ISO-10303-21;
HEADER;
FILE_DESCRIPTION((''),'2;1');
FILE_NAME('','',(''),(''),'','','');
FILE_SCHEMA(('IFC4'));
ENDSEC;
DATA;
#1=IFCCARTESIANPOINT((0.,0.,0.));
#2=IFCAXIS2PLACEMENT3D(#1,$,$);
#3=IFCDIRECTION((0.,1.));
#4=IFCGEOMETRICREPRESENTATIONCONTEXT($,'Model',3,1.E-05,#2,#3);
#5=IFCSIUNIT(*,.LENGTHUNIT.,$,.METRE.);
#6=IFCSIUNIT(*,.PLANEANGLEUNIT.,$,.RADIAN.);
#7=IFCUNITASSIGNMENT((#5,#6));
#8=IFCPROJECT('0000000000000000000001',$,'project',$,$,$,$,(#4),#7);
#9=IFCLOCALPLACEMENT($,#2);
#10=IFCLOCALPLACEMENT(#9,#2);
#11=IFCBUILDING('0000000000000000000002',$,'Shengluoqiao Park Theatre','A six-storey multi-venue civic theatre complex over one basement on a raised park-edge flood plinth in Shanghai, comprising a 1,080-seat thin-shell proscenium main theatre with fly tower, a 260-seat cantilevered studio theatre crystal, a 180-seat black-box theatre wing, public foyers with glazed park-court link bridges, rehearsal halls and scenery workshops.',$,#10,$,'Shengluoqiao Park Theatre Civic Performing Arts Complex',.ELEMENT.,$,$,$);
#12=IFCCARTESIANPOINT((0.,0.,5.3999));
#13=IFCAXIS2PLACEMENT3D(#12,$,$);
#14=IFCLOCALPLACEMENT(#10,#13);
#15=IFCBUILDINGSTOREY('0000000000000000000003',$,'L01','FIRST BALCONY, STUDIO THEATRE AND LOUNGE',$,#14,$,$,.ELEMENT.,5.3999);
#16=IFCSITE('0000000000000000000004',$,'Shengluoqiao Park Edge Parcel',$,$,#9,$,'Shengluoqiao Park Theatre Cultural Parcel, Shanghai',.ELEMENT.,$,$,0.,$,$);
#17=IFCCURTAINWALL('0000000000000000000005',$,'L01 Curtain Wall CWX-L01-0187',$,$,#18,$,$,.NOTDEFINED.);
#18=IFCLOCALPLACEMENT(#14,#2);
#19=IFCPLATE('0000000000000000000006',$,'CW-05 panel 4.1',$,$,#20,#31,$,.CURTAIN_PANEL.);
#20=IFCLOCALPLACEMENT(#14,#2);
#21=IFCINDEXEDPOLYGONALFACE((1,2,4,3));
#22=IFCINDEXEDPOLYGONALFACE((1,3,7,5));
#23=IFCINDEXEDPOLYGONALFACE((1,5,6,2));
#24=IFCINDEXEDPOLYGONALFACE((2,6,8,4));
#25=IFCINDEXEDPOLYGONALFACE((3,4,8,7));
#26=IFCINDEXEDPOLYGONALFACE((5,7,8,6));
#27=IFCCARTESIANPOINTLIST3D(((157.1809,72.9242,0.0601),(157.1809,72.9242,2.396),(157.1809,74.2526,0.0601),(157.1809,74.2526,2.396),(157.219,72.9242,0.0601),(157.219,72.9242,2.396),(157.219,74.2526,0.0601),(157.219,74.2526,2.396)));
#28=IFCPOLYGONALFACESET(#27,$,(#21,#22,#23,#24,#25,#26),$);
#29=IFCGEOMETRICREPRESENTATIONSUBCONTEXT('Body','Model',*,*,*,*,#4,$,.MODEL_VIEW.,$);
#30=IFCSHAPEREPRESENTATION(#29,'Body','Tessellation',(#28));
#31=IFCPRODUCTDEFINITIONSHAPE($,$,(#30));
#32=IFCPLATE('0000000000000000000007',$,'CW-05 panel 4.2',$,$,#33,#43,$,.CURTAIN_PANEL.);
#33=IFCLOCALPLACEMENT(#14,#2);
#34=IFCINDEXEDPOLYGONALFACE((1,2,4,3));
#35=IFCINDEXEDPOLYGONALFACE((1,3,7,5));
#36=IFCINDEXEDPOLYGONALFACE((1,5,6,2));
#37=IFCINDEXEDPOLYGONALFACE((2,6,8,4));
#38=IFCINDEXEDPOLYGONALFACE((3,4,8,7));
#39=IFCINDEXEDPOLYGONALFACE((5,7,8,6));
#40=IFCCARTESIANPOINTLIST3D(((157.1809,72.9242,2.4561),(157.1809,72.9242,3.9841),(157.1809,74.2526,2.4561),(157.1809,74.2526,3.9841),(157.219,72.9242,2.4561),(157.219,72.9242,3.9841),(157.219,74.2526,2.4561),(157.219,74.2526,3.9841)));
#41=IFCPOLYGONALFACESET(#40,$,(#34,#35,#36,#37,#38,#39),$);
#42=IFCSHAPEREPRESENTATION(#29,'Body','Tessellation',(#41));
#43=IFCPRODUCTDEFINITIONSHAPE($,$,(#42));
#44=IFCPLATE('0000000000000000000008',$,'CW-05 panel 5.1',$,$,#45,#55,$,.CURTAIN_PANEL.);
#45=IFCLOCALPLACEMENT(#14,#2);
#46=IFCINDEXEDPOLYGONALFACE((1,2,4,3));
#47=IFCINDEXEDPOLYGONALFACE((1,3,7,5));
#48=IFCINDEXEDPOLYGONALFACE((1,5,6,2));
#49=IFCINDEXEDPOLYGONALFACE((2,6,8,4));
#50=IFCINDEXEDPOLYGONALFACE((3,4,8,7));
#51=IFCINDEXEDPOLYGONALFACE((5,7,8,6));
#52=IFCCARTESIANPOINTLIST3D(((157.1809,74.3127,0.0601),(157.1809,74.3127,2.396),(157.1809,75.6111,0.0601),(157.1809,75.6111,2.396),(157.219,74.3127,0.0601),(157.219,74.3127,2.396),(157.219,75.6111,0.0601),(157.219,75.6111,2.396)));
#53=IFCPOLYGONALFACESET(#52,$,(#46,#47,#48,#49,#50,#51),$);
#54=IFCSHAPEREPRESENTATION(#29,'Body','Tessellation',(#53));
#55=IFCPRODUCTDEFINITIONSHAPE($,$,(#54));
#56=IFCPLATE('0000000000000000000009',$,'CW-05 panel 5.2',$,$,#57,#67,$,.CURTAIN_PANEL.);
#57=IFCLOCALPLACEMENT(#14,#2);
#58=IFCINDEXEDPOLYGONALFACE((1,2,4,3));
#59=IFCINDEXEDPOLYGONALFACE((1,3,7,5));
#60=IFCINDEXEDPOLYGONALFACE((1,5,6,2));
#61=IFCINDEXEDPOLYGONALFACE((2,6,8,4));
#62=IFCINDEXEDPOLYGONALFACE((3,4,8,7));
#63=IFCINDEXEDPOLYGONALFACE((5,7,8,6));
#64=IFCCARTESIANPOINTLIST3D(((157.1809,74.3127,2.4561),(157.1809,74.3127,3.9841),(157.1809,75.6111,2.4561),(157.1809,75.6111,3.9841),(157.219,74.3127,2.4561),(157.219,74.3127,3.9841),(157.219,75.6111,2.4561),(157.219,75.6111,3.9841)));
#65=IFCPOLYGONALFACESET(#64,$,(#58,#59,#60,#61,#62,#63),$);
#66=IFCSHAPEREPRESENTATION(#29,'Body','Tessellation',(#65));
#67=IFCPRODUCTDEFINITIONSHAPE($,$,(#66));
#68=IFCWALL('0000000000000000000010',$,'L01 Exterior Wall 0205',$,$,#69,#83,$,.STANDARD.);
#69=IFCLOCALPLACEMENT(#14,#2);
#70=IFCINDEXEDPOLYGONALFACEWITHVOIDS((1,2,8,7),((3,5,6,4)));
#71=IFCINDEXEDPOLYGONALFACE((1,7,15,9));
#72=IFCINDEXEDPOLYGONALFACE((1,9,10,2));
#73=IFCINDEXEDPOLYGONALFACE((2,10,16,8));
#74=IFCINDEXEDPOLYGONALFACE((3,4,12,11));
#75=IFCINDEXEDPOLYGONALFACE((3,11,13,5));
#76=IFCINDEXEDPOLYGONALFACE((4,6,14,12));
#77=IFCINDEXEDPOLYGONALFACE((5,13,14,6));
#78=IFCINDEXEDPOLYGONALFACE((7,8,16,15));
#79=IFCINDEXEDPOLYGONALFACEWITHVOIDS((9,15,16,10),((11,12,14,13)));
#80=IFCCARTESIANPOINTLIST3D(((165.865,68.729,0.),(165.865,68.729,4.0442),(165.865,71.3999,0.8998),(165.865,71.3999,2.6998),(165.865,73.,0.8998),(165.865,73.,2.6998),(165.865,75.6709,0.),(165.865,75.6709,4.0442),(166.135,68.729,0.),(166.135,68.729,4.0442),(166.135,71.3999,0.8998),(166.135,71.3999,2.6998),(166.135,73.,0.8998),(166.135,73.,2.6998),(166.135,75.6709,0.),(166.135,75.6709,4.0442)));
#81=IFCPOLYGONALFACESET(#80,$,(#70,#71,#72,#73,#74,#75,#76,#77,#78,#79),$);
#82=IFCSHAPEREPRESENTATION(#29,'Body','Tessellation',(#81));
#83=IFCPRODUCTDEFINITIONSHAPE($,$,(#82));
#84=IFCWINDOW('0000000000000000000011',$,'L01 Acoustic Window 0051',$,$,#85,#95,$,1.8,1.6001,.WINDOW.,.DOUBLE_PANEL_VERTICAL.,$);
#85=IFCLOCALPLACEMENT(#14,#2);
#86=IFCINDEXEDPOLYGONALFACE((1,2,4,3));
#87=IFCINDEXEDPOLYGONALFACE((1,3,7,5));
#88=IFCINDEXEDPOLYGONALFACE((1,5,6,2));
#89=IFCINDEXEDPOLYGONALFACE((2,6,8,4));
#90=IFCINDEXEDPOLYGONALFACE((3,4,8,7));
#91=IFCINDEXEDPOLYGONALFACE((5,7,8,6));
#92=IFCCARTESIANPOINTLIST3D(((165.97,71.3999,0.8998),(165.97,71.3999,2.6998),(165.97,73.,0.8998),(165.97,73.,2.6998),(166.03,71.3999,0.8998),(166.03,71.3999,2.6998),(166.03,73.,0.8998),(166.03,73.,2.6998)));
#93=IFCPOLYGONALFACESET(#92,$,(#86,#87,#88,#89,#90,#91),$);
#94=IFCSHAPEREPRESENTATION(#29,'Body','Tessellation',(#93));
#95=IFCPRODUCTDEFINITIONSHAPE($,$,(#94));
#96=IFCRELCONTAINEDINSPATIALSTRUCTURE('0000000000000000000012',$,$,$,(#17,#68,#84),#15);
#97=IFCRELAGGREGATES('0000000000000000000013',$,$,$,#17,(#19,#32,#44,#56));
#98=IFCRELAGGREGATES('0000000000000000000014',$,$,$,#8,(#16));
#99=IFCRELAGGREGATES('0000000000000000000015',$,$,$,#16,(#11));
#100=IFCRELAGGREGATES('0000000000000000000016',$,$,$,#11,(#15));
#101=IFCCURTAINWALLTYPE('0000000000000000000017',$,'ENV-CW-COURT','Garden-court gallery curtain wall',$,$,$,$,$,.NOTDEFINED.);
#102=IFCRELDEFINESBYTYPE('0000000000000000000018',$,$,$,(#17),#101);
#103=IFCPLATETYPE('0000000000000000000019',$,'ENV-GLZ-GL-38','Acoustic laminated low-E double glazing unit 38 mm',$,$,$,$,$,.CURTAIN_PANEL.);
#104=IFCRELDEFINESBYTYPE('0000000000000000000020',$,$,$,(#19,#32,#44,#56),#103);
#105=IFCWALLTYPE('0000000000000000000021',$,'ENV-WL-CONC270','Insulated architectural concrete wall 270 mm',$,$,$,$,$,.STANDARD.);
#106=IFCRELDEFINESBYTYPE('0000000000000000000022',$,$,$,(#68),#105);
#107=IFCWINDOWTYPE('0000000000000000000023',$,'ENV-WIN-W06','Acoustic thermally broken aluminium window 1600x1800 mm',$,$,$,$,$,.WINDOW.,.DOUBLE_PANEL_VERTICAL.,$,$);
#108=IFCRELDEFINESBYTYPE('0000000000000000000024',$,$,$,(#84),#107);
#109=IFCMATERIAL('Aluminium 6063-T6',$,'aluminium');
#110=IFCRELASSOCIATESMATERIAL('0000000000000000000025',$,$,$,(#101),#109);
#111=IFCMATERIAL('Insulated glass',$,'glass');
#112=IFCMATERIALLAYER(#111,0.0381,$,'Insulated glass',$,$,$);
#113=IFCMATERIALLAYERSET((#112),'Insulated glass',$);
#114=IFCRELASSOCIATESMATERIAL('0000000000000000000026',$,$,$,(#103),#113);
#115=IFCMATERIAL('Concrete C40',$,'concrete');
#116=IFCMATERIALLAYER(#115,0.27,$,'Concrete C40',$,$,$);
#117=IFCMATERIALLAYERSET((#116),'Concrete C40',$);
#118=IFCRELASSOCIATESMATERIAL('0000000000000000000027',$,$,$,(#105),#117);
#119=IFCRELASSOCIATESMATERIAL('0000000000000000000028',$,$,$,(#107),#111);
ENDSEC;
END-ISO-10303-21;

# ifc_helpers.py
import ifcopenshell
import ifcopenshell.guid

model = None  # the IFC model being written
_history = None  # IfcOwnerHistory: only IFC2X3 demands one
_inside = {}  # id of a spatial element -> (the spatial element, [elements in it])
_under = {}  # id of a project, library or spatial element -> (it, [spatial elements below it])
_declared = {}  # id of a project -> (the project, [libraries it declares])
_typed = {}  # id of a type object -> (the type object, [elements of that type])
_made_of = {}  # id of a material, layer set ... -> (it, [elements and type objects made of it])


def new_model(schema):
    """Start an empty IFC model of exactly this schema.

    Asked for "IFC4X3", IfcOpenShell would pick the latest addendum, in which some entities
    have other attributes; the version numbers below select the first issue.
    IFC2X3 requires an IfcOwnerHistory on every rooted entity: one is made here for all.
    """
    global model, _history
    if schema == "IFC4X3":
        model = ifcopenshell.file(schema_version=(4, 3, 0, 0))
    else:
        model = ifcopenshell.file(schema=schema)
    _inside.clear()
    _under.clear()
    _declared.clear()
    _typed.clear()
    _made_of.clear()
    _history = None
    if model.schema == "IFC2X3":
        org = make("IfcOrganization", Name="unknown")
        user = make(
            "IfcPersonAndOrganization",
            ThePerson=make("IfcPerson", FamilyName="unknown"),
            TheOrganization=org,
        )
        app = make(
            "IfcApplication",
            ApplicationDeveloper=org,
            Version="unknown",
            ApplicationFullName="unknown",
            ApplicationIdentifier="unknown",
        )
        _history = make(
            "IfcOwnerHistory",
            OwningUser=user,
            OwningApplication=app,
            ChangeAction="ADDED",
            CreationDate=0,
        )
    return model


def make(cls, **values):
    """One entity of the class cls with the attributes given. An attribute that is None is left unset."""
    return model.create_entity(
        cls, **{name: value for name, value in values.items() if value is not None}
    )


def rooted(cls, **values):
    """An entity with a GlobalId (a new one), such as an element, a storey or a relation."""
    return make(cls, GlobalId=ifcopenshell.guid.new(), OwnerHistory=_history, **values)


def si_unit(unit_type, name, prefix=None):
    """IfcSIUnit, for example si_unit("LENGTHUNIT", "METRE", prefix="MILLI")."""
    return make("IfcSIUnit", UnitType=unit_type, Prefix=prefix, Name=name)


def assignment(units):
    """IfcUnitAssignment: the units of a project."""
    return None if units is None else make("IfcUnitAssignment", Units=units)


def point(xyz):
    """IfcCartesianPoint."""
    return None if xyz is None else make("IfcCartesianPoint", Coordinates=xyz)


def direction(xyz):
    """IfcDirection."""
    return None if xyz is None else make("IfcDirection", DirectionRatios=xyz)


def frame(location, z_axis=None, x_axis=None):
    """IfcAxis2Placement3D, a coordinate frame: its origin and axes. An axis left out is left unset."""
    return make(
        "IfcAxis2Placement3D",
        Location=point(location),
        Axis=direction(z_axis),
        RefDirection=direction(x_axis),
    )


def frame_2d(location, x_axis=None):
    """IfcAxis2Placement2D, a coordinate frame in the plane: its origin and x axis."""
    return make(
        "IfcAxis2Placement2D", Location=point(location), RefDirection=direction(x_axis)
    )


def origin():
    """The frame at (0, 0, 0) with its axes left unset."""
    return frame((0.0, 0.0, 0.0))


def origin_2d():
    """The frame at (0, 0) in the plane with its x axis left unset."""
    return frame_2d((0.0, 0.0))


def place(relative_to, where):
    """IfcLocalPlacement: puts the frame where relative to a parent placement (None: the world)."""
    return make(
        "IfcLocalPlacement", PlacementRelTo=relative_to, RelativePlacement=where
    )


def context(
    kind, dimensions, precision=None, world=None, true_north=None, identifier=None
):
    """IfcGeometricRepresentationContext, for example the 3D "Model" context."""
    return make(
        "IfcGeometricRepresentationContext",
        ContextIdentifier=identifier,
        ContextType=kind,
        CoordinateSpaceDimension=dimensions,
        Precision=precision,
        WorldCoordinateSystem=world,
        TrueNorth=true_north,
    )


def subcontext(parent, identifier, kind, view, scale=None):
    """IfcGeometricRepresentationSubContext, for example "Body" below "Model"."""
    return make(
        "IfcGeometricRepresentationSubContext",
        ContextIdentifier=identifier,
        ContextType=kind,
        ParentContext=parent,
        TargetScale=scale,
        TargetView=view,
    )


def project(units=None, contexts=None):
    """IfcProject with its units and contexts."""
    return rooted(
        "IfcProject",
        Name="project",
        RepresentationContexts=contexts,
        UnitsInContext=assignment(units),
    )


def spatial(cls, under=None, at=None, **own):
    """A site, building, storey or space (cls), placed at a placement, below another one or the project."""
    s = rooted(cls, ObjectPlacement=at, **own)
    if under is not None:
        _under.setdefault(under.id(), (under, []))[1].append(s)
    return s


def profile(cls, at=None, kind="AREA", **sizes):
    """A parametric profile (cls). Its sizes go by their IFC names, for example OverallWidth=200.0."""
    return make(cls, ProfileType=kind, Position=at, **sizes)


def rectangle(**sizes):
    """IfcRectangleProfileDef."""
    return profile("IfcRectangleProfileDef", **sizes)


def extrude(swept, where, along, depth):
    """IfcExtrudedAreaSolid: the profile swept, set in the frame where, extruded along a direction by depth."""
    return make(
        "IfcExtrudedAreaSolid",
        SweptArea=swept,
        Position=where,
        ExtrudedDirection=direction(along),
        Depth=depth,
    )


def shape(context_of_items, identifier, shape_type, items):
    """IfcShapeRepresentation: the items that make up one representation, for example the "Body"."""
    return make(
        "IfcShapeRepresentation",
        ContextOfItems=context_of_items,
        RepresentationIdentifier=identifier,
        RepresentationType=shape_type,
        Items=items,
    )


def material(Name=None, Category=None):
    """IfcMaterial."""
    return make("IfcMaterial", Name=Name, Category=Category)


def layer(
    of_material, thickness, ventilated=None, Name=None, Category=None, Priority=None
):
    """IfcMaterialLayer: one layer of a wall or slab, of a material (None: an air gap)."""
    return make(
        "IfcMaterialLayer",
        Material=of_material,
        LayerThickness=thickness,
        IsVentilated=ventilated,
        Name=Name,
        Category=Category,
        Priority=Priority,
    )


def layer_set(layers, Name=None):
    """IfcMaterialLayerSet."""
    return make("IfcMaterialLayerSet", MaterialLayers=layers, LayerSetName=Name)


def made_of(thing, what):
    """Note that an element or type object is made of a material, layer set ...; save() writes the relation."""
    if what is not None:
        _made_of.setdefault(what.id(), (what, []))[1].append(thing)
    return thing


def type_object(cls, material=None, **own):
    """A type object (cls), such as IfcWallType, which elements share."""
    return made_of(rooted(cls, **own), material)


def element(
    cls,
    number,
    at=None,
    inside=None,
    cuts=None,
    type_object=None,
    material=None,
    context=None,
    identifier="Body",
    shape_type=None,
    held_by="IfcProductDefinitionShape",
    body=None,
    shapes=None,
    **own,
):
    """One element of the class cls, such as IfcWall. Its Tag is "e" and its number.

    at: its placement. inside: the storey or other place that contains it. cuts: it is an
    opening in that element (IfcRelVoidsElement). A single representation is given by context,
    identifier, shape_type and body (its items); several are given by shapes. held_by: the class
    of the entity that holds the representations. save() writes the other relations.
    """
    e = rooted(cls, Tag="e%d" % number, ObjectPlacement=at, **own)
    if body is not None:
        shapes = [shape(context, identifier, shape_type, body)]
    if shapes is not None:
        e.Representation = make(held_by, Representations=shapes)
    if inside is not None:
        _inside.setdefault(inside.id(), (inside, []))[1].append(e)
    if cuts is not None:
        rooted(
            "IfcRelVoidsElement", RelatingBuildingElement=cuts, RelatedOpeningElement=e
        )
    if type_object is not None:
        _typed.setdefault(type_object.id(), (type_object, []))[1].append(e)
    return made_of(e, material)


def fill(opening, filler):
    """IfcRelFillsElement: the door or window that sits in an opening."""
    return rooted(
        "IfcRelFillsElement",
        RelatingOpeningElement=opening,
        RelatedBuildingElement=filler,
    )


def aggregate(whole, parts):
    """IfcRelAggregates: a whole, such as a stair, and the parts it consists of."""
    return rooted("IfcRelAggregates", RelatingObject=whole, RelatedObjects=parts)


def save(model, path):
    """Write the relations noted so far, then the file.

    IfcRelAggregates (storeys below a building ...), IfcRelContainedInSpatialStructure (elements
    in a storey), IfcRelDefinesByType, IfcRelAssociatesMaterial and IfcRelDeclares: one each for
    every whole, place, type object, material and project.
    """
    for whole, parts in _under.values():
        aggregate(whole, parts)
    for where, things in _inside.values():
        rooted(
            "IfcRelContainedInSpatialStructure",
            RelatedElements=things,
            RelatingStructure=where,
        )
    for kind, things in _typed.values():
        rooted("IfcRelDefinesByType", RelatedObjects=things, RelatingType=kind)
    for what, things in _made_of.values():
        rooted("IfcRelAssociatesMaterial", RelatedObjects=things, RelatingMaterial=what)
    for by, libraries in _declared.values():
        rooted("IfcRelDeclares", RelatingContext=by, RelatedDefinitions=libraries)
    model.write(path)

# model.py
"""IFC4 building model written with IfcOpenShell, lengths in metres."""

from ifc_helpers import new_model, si_unit, direction, frame, frame_2d, origin, origin_2d, place, context, subcontext, project, spatial, rectangle, extrude, material, layer, layer_set, type_object, element, fill, aggregate, save


model = new_model("IFC4")

# Units and contexts
model_context = context("Model", 3, precision=1e-05, world=origin(), true_north=direction((0.0, 1.0)))
body_context = subcontext(model_context, "Body", "Model", "MODEL_VIEW")
ifc_project = project(units=[si_unit("LENGTHUNIT", "METRE"), si_unit("PLANEANGLEUNIT", "RADIAN")], contexts=[model_context])

# Site, building, storey
site_placement = place(None, origin())
site = spatial("IfcSite", under=ifc_project, at=site_placement, Name="Shengluoqiao Park Edge Parcel", LongName="Shengluoqiao Park Theatre Cultural Parcel, Shanghai", CompositionType="ELEMENT", RefElevation=0.0)
building_placement = place(site_placement, origin())
building = spatial("IfcBuilding", under=site, at=building_placement, Name="Shengluoqiao Park Theatre", Description="A six-storey multi-venue civic theatre complex over one basement on a raised park-edge flood plinth in Shanghai, comprising a 1,080-seat thin-shell proscenium main theatre with fly tower, a 260-seat cantilevered studio theatre crystal, a 180-seat black-box theatre wing, public foyers with glazed park-court link bridges, rehearsal halls and scenery workshops.", LongName="Shengluoqiao Park Theatre Civic Performing Arts Complex", CompositionType="ELEMENT")
storey_placement = place(building_placement, frame((0.0, 0.0, 5.3999)))
storey = spatial("IfcBuildingStorey", under=building, at=storey_placement, Name="L01", Description="FIRST BALCONY, STUDIO THEATRE AND LOUNGE", CompositionType="ELEMENT", Elevation=5.3999)

# Shared definitions
ifc_material_1 = material(Name="Concrete C40", Category="concrete")

# Curtain wall
ifc_material_2 = material(Name="Aluminium 6063-T6", Category="aluminium")
curtain_wall_type = type_object("IfcCurtainWallType", Name="ENV-CW-COURT", Description="Garden-court gallery curtain wall", PredefinedType="NOTDEFINED", material=ifc_material_2)
curtain_wall_placement = place(storey_placement, origin())
curtain_wall = element("IfcCurtainWall", 1, at=curtain_wall_placement, inside=storey, type_object=curtain_wall_type, Name="L01 Curtain Wall CWX-L01-0187", PredefinedType="NOTDEFINED")

# Plates
ifc_material_3 = material(Name="Insulated glass", Category="glass")
ifc_layer_1 = layer(ifc_material_3, 0.0381, Name="Insulated glass")
ifc_layer_set_1 = layer_set([ifc_layer_1], Name="Insulated glass")
plate_type = type_object("IfcPlateType", Name="ENV-GLZ-GL-38", Description="Acoustic laminated low-E double glazing unit 38 mm", PredefinedType="CURTAIN_PANEL", material=ifc_layer_set_1)
plate_1_placement = place(storey_placement, frame((157.2, 73.5884, 0.0601), z_axis=(0.0, 0.0, 1.0), x_axis=(0.0, 1.0, 0.0)))
plate_1 = element("IfcPlate", 2, at=plate_1_placement, type_object=plate_type, Name="CW-05 panel 4.1", PredefinedType="CURTAIN_PANEL", context=body_context, shape_type="SweptSolid", body=[
    extrude(rectangle(XDim=1.3284, YDim=0.0381, at=origin_2d()), origin(), (0.0, 0.0, 1.0), 2.3359),
])
plate_2_placement = place(storey_placement, frame((157.2, 73.5884, 2.4561), z_axis=(0.0, 0.0, 1.0), x_axis=(0.0, 1.0, 0.0)))
plate_2 = element("IfcPlate", 3, at=plate_2_placement, type_object=plate_type, Name="CW-05 panel 4.2", PredefinedType="CURTAIN_PANEL", context=body_context, shape_type="SweptSolid", body=[
    extrude(rectangle(XDim=1.3284, YDim=0.0381, at=origin_2d()), origin(), (0.0, 0.0, 1.0), 1.5281),
])
plate_3_placement = place(storey_placement, frame((157.2, 74.9619, 0.0601), z_axis=(0.0, 0.0, 1.0), x_axis=(0.0, 1.0, 0.0)))
plate_3 = element("IfcPlate", 4, at=plate_3_placement, type_object=plate_type, Name="CW-05 panel 5.1", PredefinedType="CURTAIN_PANEL", context=body_context, shape_type="SweptSolid", body=[
    extrude(rectangle(XDim=1.2983, YDim=0.0381, at=origin_2d()), origin(), (0.0, 0.0, 1.0), 2.3359),
])
plate_4_placement = place(storey_placement, frame((157.2, 74.9619, 2.4561), z_axis=(0.0, 0.0, 1.0), x_axis=(0.0, 1.0, 0.0)))
plate_4 = element("IfcPlate", 5, at=plate_4_placement, type_object=plate_type, Name="CW-05 panel 5.2", PredefinedType="CURTAIN_PANEL", context=body_context, shape_type="SweptSolid", body=[
    extrude(rectangle(XDim=1.2983, YDim=0.0381, at=origin_2d()), origin(), (0.0, 0.0, 1.0), 1.5281),
])
aggregate(curtain_wall, [plate_1, plate_2, plate_3, plate_4])

# Wall, opening, window
ifc_layer_2 = layer(ifc_material_1, 0.27, Name="Concrete C40")
ifc_layer_set_2 = layer_set([ifc_layer_2], Name="Concrete C40")
wall_type = type_object("IfcWallType", Name="ENV-WL-CONC270", Description="Insulated architectural concrete wall 270 mm", PredefinedType="STANDARD", material=ifc_layer_set_2)
wall_placement = place(storey_placement, frame((166.0, 68.729, 0.0), z_axis=(0.0, 0.0, 1.0), x_axis=(0.0, 1.0, 0.0)))
wall = element("IfcWall", 6, at=wall_placement, inside=storey, type_object=wall_type, Name="L01 Exterior Wall 0205", PredefinedType="STANDARD", context=body_context, shape_type="SweptSolid", body=[
    extrude(rectangle(XDim=6.9419, YDim=0.27, at=frame_2d((3.4709, 0.0))), origin(), (0.0, 0.0, 1.0), 4.0442),
])
opening_placement = place(wall_placement, frame((2.6709, 0.0, 0.8999)))
opening = element("IfcOpeningElement", 7, at=opening_placement, cuts=wall, PredefinedType="OPENING", context=body_context, shape_type="SweptSolid", body=[
    extrude(rectangle(XDim=1.6001, YDim=1.8, at=frame_2d((0.8, 0.8999))), frame((0.0, 0.145, 0.0), z_axis=(0.0, -1.0, 0.0), x_axis=(1.0, 0.0, 0.0)), (0.0, 0.0, 1.0), 0.29),
])
window_type = type_object("IfcWindowType", Name="ENV-WIN-W06", Description="Acoustic thermally broken aluminium window 1600x1800 mm", PartitioningType="DOUBLE_PANEL_VERTICAL", PredefinedType="WINDOW", material=ifc_material_3)
window_placement = place(opening_placement, origin())
window = element("IfcWindow", 8, at=window_placement, inside=storey, type_object=window_type, Name="L01 Acoustic Window 0051", OverallHeight=1.8, OverallWidth=1.6001, PartitioningType="DOUBLE_PANEL_VERTICAL", PredefinedType="WINDOW", context=body_context, shape_type="SweptSolid", body=[
    extrude(rectangle(XDim=1.6001, YDim=1.8, at=frame_2d((0.8, 0.8999))), frame((0.0, 0.03, 0.0), z_axis=(0.0, -1.0, 0.0), x_axis=(1.0, 0.0, 0.0)), (0.0, 0.0, 1.0), 0.0601),
])
fill(opening, window)

save(model, "model.ifc")
